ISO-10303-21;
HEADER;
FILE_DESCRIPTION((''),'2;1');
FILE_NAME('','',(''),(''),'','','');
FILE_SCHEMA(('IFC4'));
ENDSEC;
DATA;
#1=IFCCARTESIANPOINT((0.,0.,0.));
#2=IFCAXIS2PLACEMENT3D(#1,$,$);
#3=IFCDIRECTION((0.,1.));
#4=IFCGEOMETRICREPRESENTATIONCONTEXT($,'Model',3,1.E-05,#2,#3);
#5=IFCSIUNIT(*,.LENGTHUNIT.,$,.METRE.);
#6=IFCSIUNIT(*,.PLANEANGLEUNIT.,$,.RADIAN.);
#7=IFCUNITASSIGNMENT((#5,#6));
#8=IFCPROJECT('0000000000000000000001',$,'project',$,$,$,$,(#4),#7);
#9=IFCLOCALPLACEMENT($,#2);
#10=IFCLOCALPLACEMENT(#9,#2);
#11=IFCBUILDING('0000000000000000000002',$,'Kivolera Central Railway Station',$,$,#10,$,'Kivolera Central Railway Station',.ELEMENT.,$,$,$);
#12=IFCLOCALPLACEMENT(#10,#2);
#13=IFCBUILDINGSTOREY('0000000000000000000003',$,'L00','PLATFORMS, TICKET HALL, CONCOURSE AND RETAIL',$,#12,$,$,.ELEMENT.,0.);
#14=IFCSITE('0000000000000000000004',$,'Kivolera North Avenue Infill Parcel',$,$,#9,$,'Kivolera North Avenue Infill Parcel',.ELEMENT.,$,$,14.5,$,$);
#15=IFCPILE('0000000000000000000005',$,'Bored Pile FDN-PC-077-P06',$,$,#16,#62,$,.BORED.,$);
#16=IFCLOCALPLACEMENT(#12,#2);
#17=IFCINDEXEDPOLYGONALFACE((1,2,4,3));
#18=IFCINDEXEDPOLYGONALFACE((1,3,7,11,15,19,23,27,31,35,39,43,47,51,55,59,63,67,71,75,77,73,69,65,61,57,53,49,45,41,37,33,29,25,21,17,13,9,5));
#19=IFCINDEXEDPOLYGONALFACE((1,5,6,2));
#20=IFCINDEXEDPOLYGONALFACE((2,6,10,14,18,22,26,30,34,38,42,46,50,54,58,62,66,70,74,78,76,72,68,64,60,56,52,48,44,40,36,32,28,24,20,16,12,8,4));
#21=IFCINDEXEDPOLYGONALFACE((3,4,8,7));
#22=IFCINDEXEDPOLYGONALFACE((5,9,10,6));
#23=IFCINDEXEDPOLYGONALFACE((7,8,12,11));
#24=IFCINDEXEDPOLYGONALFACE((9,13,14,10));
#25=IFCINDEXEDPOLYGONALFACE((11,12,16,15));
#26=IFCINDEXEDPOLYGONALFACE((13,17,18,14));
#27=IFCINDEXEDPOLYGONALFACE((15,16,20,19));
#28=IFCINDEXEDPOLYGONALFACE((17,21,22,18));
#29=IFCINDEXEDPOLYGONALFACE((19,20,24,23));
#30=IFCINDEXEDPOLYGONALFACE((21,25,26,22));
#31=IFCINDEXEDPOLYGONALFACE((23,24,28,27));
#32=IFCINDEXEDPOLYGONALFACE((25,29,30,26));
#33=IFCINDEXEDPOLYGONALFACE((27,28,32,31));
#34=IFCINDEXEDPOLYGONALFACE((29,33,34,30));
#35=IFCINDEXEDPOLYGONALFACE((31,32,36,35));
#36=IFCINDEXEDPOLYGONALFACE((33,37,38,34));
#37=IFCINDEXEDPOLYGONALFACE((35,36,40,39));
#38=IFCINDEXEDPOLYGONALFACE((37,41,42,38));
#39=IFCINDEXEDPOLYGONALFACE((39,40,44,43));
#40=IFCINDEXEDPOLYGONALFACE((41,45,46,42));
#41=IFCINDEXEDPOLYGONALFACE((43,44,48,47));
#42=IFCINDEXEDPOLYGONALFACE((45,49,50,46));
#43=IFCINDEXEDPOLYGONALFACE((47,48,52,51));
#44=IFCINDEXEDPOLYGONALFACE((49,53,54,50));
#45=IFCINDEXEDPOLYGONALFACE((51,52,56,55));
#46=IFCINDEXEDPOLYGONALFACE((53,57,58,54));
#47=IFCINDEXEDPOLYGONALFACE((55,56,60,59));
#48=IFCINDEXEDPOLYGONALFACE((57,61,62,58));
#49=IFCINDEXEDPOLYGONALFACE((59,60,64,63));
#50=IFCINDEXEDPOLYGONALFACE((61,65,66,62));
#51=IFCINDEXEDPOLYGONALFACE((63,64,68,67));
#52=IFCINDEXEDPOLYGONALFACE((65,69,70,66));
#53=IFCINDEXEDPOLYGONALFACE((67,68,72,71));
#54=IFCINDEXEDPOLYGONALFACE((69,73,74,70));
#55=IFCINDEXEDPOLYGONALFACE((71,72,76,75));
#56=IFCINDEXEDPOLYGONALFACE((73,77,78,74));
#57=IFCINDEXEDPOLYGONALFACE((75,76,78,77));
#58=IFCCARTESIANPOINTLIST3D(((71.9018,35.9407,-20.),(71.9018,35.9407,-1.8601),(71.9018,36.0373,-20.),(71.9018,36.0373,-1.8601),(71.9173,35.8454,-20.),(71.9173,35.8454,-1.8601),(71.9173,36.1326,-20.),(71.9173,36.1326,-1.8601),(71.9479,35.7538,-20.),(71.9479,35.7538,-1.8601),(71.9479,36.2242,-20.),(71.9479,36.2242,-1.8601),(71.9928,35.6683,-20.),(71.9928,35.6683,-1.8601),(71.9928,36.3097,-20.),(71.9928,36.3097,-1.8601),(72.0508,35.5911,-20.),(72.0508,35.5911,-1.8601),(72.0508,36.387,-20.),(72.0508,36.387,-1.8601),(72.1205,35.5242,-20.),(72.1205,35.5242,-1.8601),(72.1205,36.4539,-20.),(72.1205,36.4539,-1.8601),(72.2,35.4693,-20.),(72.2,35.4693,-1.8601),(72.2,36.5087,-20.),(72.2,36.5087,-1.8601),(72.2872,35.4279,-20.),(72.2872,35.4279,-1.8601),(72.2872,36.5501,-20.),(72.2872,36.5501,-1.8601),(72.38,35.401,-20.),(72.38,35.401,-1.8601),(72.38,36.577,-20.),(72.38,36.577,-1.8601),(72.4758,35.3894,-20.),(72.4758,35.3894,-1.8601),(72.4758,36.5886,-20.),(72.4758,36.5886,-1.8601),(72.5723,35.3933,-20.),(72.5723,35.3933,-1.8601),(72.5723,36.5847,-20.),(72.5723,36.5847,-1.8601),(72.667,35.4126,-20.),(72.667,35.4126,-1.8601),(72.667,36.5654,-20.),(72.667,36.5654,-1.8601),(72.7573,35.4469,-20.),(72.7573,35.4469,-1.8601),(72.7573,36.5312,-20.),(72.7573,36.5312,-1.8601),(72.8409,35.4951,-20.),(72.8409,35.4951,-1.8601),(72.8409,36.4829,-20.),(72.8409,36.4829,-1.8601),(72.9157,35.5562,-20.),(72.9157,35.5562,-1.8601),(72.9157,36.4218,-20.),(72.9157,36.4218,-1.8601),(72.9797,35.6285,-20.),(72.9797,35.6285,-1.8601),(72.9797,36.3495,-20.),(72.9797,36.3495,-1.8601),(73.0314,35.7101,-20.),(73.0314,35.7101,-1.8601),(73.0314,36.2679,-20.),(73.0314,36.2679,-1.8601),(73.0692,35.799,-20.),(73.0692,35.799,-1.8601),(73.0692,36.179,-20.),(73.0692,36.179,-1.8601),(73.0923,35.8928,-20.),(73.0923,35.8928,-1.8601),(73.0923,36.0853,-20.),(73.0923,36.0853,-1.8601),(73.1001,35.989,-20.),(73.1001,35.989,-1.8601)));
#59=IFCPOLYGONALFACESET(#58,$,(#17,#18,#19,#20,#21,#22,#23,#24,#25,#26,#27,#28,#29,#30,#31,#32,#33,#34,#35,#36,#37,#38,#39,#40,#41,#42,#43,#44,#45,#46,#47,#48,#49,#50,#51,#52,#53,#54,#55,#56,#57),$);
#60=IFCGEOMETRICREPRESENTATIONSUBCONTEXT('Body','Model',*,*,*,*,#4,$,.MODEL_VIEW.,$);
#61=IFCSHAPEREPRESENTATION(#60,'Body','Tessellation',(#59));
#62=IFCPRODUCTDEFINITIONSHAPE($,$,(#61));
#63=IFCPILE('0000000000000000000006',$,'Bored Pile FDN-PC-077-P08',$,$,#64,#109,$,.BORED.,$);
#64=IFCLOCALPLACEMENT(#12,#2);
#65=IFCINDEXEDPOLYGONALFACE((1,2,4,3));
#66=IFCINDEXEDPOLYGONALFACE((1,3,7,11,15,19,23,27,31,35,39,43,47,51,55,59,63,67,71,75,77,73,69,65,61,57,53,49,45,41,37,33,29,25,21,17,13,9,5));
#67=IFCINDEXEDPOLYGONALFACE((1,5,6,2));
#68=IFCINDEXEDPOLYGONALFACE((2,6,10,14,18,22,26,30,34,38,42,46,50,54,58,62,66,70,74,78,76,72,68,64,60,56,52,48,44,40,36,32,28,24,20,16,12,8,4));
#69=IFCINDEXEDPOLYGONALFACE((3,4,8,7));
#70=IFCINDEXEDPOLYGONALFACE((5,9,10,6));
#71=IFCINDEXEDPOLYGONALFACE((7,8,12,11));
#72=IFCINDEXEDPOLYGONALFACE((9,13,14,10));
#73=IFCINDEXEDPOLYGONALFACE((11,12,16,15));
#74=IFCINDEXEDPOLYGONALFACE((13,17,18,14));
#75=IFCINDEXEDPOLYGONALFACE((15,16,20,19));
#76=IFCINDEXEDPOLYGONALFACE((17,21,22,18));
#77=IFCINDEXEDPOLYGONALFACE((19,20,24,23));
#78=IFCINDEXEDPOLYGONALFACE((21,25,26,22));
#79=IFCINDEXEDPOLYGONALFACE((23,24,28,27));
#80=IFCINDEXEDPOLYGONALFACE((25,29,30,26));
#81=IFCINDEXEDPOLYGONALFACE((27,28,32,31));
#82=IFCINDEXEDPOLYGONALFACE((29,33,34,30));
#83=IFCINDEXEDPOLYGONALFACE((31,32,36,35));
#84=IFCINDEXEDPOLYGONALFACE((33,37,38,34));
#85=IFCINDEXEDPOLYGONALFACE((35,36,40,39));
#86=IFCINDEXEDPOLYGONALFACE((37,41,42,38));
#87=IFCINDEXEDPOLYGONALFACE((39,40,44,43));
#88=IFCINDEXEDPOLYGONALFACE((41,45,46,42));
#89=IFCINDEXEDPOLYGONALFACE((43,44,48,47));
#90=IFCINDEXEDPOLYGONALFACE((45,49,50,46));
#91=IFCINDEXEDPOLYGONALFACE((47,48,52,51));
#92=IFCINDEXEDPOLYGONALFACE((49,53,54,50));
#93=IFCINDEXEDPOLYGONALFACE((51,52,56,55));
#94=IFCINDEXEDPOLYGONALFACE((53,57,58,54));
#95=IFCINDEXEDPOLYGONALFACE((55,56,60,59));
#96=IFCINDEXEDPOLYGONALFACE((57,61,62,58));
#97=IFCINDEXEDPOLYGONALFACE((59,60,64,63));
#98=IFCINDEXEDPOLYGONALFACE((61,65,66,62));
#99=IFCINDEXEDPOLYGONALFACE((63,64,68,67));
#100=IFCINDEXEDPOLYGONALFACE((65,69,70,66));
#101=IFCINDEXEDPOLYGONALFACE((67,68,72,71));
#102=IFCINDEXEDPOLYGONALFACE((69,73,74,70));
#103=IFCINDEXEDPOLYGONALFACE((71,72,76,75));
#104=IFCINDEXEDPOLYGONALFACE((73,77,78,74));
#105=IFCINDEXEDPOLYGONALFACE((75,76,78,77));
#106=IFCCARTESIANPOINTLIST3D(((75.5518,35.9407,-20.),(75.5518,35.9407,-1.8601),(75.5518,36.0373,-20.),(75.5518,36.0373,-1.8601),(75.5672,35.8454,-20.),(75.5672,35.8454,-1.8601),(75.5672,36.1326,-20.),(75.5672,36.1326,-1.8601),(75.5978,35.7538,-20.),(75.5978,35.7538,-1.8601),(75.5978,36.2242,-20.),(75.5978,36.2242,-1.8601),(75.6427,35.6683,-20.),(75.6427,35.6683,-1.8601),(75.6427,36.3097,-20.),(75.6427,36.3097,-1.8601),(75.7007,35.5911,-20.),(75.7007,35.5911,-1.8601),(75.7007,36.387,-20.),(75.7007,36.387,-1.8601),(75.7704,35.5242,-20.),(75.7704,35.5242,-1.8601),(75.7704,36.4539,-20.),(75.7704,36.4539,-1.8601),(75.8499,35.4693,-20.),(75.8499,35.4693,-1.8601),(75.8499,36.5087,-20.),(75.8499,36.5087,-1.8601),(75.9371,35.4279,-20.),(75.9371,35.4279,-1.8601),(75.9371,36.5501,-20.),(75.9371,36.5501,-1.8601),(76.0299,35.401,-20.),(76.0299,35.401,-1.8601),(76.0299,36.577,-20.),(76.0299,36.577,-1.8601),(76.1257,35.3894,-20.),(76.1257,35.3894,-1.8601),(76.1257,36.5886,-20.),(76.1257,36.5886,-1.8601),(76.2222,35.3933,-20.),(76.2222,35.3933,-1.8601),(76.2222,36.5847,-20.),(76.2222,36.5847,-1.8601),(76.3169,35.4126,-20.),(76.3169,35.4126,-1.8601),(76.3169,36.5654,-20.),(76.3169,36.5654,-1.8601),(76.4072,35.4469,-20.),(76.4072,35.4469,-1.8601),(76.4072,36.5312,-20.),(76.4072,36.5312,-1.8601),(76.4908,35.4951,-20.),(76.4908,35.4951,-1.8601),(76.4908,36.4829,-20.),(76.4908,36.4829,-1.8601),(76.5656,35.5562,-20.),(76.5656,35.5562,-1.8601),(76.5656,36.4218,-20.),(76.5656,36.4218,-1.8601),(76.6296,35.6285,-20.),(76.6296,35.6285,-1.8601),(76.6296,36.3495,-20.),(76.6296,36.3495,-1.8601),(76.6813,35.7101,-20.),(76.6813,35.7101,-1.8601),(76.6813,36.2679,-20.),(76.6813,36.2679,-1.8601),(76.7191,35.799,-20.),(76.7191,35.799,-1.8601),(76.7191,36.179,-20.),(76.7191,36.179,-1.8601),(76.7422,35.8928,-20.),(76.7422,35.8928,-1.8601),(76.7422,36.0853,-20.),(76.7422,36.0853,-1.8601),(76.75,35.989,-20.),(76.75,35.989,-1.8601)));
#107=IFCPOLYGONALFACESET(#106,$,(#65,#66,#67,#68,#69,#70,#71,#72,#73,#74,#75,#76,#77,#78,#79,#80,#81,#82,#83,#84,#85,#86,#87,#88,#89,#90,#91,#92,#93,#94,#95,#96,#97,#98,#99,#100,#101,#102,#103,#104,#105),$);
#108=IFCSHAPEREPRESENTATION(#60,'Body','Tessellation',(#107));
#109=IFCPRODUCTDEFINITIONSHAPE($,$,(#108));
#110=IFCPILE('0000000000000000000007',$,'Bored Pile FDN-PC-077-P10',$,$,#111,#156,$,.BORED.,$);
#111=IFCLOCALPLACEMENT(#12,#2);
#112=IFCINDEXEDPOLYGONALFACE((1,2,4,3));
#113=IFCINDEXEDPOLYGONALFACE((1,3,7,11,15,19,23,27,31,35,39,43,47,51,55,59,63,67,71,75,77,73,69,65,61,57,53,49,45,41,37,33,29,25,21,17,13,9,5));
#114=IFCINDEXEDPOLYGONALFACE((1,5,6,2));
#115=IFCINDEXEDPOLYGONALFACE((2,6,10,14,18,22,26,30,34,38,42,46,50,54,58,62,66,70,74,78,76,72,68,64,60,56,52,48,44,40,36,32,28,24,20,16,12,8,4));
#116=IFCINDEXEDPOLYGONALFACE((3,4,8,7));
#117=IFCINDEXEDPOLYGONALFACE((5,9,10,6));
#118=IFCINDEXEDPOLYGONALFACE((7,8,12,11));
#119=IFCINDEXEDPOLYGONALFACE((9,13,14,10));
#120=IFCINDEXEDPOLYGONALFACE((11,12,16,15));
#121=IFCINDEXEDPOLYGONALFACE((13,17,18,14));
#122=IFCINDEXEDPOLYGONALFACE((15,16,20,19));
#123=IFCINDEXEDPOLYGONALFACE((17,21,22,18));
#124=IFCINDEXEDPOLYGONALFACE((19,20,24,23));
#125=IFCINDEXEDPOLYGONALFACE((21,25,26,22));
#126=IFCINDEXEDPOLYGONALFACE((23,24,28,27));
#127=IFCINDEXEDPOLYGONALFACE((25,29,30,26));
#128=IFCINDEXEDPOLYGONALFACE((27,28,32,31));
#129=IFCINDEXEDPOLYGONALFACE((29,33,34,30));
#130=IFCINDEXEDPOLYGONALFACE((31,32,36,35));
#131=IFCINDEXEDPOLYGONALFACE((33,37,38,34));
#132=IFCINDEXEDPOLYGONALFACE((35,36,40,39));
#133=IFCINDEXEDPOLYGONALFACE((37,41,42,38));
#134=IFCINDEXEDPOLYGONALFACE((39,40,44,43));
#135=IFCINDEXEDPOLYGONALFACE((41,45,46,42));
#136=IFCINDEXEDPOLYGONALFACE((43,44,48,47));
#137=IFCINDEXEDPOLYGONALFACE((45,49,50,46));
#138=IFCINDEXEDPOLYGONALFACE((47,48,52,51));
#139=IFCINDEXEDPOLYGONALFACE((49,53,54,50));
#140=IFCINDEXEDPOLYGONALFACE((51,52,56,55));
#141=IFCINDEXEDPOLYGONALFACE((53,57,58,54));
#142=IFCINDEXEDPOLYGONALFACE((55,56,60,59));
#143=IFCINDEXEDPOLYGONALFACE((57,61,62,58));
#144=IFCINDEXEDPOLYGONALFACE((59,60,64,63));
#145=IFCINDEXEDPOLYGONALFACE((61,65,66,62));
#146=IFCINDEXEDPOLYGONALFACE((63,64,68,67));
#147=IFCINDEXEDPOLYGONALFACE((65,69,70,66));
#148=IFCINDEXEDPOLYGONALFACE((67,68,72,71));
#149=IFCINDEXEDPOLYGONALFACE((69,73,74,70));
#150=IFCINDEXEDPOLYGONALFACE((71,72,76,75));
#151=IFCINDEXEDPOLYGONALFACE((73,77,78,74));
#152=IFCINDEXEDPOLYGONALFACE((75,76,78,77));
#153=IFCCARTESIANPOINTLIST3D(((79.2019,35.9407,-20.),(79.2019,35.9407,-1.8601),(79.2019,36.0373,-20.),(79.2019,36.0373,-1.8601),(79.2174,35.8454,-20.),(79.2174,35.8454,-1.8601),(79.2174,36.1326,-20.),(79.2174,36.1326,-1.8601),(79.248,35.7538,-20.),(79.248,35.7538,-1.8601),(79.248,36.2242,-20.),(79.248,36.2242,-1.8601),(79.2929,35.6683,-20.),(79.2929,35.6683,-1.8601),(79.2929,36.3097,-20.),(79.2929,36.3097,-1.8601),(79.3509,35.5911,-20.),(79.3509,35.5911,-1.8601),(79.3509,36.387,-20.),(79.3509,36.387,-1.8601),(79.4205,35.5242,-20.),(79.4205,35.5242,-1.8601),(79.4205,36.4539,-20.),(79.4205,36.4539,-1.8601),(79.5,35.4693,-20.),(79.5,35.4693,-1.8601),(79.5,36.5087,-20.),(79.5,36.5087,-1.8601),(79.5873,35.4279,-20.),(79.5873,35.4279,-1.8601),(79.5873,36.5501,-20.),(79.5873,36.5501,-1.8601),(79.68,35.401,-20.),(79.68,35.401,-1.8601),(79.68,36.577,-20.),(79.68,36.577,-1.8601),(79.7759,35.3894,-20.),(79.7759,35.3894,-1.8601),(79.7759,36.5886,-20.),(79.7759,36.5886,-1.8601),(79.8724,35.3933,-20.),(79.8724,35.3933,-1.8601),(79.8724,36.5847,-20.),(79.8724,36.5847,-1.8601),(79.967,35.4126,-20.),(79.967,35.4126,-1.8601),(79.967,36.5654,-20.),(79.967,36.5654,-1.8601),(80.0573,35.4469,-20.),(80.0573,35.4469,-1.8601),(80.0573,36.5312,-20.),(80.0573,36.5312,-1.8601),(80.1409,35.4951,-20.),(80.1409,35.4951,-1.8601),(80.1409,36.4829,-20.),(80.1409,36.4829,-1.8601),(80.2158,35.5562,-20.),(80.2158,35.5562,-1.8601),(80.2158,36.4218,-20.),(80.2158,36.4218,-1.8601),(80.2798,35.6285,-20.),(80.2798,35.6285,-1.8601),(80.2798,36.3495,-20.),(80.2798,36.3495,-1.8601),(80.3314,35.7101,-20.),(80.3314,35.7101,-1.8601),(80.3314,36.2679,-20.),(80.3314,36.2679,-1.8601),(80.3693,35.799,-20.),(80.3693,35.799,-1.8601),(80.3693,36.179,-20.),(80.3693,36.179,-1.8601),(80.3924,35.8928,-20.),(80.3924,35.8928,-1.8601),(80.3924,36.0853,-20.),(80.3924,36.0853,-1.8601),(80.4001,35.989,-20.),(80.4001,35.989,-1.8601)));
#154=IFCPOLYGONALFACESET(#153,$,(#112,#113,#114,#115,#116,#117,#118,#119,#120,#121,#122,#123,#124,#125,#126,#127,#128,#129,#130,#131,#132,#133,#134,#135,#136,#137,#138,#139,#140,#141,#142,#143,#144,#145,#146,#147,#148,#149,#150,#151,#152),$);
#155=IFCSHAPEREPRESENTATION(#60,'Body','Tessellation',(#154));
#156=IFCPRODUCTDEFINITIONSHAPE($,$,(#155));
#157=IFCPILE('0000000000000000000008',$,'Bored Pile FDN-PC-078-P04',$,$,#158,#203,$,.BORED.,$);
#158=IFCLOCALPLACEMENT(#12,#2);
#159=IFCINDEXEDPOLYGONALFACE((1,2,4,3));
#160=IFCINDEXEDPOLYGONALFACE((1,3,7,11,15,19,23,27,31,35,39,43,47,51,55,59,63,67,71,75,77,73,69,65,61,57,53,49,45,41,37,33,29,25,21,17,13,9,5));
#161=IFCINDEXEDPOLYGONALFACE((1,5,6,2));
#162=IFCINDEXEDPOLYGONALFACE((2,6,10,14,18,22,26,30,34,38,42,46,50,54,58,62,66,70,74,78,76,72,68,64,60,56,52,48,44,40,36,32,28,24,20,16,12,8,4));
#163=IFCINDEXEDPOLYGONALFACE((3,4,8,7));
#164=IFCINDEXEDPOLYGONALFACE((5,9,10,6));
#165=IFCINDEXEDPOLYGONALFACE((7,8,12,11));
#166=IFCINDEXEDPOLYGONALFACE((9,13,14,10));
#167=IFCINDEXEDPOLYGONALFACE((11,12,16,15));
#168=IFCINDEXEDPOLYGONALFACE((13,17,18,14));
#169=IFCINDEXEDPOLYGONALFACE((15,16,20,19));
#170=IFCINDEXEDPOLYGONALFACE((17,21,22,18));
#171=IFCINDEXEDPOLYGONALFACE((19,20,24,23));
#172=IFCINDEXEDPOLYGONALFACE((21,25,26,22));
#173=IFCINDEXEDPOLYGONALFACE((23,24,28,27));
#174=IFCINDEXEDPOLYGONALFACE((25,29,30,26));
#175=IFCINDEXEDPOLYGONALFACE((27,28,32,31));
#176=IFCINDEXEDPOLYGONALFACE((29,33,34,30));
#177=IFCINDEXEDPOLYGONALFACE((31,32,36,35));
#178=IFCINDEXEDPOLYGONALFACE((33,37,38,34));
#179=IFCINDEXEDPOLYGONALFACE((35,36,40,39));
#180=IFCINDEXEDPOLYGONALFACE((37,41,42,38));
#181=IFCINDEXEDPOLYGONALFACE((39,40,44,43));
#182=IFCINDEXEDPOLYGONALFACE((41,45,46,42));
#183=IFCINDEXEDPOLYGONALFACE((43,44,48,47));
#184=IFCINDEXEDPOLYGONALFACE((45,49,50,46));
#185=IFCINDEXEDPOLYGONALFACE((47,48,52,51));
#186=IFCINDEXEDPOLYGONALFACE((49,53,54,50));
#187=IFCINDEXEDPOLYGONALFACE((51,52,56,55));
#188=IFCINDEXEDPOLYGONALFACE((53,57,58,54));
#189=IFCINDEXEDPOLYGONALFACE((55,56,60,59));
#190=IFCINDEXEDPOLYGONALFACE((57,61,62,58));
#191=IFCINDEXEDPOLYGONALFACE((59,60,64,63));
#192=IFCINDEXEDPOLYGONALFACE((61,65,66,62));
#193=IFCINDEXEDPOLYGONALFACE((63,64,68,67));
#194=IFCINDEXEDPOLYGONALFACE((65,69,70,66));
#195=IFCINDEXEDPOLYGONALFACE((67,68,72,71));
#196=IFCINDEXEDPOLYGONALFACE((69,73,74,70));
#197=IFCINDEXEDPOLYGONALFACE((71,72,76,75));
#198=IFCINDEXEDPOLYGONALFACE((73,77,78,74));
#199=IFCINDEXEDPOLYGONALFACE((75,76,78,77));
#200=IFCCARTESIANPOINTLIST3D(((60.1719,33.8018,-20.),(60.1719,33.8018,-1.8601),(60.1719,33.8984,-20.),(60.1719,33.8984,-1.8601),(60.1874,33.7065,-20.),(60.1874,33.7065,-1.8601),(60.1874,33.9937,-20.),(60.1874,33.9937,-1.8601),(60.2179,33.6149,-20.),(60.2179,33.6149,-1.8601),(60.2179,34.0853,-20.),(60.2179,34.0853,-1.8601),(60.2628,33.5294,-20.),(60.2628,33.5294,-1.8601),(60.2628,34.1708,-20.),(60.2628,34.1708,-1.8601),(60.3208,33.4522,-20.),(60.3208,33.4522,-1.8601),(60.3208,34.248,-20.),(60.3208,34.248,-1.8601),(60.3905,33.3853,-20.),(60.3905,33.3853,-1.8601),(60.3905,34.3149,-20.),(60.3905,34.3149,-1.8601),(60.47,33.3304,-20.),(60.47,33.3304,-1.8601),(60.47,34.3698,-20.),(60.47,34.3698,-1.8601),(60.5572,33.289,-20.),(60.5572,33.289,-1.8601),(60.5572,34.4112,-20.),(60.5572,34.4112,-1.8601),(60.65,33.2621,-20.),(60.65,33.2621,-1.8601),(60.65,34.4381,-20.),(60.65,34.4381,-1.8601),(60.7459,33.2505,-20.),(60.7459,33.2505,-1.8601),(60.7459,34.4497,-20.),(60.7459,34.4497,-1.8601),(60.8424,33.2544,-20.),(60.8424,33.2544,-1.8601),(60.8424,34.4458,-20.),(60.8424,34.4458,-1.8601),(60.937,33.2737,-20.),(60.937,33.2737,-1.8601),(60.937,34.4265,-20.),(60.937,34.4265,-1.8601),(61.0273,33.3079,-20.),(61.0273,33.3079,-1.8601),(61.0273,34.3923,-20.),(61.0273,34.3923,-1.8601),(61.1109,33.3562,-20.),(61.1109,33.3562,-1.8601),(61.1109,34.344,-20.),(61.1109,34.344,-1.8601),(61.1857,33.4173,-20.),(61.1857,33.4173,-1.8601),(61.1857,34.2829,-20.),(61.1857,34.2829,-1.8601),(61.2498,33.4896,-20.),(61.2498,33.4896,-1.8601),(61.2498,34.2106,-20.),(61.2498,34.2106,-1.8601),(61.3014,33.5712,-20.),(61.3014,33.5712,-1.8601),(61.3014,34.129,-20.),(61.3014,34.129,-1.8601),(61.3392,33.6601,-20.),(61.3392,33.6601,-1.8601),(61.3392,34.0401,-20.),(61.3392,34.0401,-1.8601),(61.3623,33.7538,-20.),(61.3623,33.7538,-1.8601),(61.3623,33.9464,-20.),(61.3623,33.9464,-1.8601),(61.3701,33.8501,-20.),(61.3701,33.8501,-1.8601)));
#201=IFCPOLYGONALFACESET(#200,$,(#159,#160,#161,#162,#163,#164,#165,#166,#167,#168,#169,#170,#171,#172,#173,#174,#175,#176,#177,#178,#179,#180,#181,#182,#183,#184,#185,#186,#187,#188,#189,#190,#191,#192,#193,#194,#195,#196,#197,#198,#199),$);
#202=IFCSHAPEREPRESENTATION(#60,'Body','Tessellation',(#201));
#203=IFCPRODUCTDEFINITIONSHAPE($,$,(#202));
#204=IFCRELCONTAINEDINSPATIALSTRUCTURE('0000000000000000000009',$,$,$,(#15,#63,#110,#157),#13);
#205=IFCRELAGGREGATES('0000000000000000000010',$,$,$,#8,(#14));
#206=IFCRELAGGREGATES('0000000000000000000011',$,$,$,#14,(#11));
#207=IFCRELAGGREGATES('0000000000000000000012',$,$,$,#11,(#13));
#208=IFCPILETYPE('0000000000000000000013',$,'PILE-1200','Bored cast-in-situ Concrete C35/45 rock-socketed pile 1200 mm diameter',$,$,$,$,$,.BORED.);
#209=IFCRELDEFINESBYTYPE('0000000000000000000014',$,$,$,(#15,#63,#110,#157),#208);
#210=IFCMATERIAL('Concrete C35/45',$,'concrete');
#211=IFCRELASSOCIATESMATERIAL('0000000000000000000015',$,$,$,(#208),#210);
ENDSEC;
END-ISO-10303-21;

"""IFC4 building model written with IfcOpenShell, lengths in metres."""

from ifc_helpers import new_model, si_unit, direction, frame, origin, origin_2d, place, context, subcontext, project, spatial, circle, extrude, material, material_profile, profile_set, type_object, element, save


model = new_model("IFC4")

# Units and contexts
model_context = context("Model", 3, precision=1e-05, world=origin(), true_north=direction((0.0, 1.0)))
body_context = subcontext(model_context, "Body", "Model", "MODEL_VIEW")
ifc_project = project(units=[si_unit("LENGTHUNIT", "METRE"), si_unit("PLANEANGLEUNIT", "RADIAN")], contexts=[model_context])

# Site, building, storey
site_placement = place(None, origin())
site = spatial("IfcSite", under=ifc_project, at=site_placement, Name="Kivolera North Avenue Infill Parcel", LongName="Kivolera North Avenue Infill Parcel", CompositionType="ELEMENT", RefElevation=14.5)
building_placement = place(site_placement, origin())
building = spatial("IfcBuilding", under=site, at=building_placement, Name="Kivolera Central Railway Station", LongName="Kivolera Central Railway Station", CompositionType="ELEMENT")
storey_placement = place(building_placement, origin())
storey = spatial("IfcBuildingStorey", under=building, at=storey_placement, Name="L00", Description="PLATFORMS, TICKET HALL, CONCOURSE AND RETAIL", CompositionType="ELEMENT", Elevation=0.0)

# Shared definitions
ifc_material_1 = material(Name="Concrete C35/45", Category="concrete")

# Piles
ifc_material_profile_1 = material_profile(ifc_material_1, circle(Radius=0.6001, at=origin_2d()), Name="PILE D1200")
ifc_profile_set_1 = profile_set([ifc_material_profile_1], Name="Concrete C35/45")
pile_type = type_object("IfcPileType", Name="PILE-1200", Description="Bored cast-in-situ Concrete C35/45 rock-socketed pile 1200 mm diameter", PredefinedType="BORED", material=ifc_profile_set_1)
for number, where, z_axis, x_axis, name in (
    (1, (72.5, 35.989, -1.8601), (0.0, 0.0, -1.0), (1.0, 0.0, 0.0), "Bored Pile FDN-PC-077-P06"),
    (2, (76.1499, 35.989, -1.8601), (0.0, 0.0, -1.0), (1.0, 0.0, 0.0), "Bored Pile FDN-PC-077-P08"),
    (3, (79.8, 35.989, -1.8601), (0.0, 0.0, -1.0), (1.0, 0.0, 0.0), "Bored Pile FDN-PC-077-P10"),
    (4, (60.77, 33.8501, -1.8601), (0.0, 0.0, -1.0), (1.0, 0.0, 0.0), "Bored Pile FDN-PC-078-P04"),
):
    element("IfcPile", number, at=place(storey_placement, frame(where, z_axis=z_axis, x_axis=x_axis)), inside=storey, type_object=pile_type, Name=name, PredefinedType="BORED", context=body_context, shape_type="SweptSolid", body=[
        extrude(circle(Radius=0.6001, at=origin_2d()), origin(), (0.0, 0.0, 1.0), 18.1399),
    ])

save(model, "model.ifc")
